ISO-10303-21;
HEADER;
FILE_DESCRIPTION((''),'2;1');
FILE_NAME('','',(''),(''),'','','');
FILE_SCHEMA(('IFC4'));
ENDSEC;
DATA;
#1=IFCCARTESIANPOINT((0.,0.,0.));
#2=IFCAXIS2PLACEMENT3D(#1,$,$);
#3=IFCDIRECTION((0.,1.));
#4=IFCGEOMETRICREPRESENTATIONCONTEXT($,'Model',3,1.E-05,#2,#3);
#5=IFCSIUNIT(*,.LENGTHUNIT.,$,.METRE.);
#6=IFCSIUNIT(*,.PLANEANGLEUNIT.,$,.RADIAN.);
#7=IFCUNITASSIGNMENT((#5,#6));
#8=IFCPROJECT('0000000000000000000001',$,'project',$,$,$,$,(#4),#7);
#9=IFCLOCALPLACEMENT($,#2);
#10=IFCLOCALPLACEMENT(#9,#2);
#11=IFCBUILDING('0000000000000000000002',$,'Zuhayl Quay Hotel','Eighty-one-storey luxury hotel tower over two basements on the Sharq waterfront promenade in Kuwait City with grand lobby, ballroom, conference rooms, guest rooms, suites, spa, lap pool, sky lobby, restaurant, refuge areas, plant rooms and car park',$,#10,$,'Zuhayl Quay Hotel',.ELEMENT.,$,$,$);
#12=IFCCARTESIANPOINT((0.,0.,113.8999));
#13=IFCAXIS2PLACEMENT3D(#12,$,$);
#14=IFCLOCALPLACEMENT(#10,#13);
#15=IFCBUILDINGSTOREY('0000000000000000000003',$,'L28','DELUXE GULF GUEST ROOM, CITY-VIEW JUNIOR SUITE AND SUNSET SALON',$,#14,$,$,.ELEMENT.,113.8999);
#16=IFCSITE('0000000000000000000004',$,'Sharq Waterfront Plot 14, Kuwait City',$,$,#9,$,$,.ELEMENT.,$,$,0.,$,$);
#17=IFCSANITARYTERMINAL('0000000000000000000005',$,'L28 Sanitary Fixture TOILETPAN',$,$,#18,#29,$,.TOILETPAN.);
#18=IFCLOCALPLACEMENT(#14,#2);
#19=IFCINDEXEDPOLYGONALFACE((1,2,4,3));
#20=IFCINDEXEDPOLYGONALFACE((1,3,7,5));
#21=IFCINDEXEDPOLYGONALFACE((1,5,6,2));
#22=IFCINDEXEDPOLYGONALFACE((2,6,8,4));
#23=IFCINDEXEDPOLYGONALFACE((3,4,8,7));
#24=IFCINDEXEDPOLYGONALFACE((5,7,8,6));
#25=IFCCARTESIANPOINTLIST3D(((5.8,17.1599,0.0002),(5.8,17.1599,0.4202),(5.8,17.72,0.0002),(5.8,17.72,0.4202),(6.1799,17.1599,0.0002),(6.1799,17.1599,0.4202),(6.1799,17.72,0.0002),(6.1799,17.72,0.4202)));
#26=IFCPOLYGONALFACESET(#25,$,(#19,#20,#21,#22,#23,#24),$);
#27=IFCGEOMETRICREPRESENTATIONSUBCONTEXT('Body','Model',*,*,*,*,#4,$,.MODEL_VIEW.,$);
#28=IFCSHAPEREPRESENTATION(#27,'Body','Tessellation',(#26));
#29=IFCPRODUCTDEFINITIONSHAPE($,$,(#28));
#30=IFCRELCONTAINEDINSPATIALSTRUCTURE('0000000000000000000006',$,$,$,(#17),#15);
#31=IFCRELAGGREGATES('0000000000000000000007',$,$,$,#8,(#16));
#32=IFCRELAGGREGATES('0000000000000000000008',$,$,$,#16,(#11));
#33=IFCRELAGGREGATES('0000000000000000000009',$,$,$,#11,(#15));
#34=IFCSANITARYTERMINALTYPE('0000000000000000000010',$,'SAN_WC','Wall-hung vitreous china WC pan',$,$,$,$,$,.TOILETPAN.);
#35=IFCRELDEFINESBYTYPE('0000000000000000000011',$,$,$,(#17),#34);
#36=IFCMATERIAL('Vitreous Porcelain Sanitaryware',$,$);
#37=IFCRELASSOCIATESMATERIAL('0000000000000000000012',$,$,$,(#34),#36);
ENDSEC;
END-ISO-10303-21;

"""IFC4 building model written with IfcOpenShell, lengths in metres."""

from ifc_helpers import new_model, si_unit, direction, frame, origin, origin_2d, place, context, subcontext, project, spatial, rectangle, extrude, material, type_object, element, save


model = new_model("IFC4")

# Units and contexts
model_context = context("Model", 3, precision=1e-05, world=origin(), true_north=direction((0.0, 1.0)))
body_context = subcontext(model_context, "Body", "Model", "MODEL_VIEW")
ifc_project = project(units=[si_unit("LENGTHUNIT", "METRE"), si_unit("PLANEANGLEUNIT", "RADIAN")], contexts=[model_context])

# Site, building, storey
site_placement = place(None, origin())
site = spatial("IfcSite", under=ifc_project, at=site_placement, Name="Sharq Waterfront Plot 14, Kuwait City", CompositionType="ELEMENT", RefElevation=0.0)
building_placement = place(site_placement, origin())
building = spatial("IfcBuilding", under=site, at=building_placement, Name="Zuhayl Quay Hotel", Description="Eighty-one-storey luxury hotel tower over two basements on the Sharq waterfront promenade in Kuwait City with grand lobby, ballroom, conference rooms, guest rooms, suites, spa, lap pool, sky lobby, restaurant, refuge areas, plant rooms and car park", LongName="Zuhayl Quay Hotel", CompositionType="ELEMENT")
storey_placement = place(building_placement, frame((0.0, 0.0, 113.8999)))
storey = spatial("IfcBuildingStorey", under=building, at=storey_placement, Name="L28", Description="DELUXE GULF GUEST ROOM, CITY-VIEW JUNIOR SUITE AND SUNSET SALON", CompositionType="ELEMENT", Elevation=113.8999)

# Sanitary terminal
ifc_material_1 = material(Name="Vitreous Porcelain Sanitaryware")
sanitary_terminal_type_1 = type_object("IfcSanitaryTerminalType", Name="SAN_WC", Description="Wall-hung vitreous china WC pan", PredefinedType="TOILETPAN", material=ifc_material_1)
sanitary_terminal_placement = place(storey_placement, frame((5.99, 17.4399, 0.0002), z_axis=(0.0, 0.0, 1.0), x_axis=(1.0, 0.0, 0.0)))
element("IfcSanitaryTerminal", 1, at=sanitary_terminal_placement, inside=storey, type_object=sanitary_terminal_type_1, Name="L28 Sanitary Fixture TOILETPAN", PredefinedType="TOILETPAN", context=body_context, shape_type="SweptSolid", body=[
    extrude(rectangle(XDim=0.3799, YDim=0.5601, at=origin_2d()), origin(), (0.0, 0.0, 1.0), 0.4199),
])

save(model, "model.ifc")
